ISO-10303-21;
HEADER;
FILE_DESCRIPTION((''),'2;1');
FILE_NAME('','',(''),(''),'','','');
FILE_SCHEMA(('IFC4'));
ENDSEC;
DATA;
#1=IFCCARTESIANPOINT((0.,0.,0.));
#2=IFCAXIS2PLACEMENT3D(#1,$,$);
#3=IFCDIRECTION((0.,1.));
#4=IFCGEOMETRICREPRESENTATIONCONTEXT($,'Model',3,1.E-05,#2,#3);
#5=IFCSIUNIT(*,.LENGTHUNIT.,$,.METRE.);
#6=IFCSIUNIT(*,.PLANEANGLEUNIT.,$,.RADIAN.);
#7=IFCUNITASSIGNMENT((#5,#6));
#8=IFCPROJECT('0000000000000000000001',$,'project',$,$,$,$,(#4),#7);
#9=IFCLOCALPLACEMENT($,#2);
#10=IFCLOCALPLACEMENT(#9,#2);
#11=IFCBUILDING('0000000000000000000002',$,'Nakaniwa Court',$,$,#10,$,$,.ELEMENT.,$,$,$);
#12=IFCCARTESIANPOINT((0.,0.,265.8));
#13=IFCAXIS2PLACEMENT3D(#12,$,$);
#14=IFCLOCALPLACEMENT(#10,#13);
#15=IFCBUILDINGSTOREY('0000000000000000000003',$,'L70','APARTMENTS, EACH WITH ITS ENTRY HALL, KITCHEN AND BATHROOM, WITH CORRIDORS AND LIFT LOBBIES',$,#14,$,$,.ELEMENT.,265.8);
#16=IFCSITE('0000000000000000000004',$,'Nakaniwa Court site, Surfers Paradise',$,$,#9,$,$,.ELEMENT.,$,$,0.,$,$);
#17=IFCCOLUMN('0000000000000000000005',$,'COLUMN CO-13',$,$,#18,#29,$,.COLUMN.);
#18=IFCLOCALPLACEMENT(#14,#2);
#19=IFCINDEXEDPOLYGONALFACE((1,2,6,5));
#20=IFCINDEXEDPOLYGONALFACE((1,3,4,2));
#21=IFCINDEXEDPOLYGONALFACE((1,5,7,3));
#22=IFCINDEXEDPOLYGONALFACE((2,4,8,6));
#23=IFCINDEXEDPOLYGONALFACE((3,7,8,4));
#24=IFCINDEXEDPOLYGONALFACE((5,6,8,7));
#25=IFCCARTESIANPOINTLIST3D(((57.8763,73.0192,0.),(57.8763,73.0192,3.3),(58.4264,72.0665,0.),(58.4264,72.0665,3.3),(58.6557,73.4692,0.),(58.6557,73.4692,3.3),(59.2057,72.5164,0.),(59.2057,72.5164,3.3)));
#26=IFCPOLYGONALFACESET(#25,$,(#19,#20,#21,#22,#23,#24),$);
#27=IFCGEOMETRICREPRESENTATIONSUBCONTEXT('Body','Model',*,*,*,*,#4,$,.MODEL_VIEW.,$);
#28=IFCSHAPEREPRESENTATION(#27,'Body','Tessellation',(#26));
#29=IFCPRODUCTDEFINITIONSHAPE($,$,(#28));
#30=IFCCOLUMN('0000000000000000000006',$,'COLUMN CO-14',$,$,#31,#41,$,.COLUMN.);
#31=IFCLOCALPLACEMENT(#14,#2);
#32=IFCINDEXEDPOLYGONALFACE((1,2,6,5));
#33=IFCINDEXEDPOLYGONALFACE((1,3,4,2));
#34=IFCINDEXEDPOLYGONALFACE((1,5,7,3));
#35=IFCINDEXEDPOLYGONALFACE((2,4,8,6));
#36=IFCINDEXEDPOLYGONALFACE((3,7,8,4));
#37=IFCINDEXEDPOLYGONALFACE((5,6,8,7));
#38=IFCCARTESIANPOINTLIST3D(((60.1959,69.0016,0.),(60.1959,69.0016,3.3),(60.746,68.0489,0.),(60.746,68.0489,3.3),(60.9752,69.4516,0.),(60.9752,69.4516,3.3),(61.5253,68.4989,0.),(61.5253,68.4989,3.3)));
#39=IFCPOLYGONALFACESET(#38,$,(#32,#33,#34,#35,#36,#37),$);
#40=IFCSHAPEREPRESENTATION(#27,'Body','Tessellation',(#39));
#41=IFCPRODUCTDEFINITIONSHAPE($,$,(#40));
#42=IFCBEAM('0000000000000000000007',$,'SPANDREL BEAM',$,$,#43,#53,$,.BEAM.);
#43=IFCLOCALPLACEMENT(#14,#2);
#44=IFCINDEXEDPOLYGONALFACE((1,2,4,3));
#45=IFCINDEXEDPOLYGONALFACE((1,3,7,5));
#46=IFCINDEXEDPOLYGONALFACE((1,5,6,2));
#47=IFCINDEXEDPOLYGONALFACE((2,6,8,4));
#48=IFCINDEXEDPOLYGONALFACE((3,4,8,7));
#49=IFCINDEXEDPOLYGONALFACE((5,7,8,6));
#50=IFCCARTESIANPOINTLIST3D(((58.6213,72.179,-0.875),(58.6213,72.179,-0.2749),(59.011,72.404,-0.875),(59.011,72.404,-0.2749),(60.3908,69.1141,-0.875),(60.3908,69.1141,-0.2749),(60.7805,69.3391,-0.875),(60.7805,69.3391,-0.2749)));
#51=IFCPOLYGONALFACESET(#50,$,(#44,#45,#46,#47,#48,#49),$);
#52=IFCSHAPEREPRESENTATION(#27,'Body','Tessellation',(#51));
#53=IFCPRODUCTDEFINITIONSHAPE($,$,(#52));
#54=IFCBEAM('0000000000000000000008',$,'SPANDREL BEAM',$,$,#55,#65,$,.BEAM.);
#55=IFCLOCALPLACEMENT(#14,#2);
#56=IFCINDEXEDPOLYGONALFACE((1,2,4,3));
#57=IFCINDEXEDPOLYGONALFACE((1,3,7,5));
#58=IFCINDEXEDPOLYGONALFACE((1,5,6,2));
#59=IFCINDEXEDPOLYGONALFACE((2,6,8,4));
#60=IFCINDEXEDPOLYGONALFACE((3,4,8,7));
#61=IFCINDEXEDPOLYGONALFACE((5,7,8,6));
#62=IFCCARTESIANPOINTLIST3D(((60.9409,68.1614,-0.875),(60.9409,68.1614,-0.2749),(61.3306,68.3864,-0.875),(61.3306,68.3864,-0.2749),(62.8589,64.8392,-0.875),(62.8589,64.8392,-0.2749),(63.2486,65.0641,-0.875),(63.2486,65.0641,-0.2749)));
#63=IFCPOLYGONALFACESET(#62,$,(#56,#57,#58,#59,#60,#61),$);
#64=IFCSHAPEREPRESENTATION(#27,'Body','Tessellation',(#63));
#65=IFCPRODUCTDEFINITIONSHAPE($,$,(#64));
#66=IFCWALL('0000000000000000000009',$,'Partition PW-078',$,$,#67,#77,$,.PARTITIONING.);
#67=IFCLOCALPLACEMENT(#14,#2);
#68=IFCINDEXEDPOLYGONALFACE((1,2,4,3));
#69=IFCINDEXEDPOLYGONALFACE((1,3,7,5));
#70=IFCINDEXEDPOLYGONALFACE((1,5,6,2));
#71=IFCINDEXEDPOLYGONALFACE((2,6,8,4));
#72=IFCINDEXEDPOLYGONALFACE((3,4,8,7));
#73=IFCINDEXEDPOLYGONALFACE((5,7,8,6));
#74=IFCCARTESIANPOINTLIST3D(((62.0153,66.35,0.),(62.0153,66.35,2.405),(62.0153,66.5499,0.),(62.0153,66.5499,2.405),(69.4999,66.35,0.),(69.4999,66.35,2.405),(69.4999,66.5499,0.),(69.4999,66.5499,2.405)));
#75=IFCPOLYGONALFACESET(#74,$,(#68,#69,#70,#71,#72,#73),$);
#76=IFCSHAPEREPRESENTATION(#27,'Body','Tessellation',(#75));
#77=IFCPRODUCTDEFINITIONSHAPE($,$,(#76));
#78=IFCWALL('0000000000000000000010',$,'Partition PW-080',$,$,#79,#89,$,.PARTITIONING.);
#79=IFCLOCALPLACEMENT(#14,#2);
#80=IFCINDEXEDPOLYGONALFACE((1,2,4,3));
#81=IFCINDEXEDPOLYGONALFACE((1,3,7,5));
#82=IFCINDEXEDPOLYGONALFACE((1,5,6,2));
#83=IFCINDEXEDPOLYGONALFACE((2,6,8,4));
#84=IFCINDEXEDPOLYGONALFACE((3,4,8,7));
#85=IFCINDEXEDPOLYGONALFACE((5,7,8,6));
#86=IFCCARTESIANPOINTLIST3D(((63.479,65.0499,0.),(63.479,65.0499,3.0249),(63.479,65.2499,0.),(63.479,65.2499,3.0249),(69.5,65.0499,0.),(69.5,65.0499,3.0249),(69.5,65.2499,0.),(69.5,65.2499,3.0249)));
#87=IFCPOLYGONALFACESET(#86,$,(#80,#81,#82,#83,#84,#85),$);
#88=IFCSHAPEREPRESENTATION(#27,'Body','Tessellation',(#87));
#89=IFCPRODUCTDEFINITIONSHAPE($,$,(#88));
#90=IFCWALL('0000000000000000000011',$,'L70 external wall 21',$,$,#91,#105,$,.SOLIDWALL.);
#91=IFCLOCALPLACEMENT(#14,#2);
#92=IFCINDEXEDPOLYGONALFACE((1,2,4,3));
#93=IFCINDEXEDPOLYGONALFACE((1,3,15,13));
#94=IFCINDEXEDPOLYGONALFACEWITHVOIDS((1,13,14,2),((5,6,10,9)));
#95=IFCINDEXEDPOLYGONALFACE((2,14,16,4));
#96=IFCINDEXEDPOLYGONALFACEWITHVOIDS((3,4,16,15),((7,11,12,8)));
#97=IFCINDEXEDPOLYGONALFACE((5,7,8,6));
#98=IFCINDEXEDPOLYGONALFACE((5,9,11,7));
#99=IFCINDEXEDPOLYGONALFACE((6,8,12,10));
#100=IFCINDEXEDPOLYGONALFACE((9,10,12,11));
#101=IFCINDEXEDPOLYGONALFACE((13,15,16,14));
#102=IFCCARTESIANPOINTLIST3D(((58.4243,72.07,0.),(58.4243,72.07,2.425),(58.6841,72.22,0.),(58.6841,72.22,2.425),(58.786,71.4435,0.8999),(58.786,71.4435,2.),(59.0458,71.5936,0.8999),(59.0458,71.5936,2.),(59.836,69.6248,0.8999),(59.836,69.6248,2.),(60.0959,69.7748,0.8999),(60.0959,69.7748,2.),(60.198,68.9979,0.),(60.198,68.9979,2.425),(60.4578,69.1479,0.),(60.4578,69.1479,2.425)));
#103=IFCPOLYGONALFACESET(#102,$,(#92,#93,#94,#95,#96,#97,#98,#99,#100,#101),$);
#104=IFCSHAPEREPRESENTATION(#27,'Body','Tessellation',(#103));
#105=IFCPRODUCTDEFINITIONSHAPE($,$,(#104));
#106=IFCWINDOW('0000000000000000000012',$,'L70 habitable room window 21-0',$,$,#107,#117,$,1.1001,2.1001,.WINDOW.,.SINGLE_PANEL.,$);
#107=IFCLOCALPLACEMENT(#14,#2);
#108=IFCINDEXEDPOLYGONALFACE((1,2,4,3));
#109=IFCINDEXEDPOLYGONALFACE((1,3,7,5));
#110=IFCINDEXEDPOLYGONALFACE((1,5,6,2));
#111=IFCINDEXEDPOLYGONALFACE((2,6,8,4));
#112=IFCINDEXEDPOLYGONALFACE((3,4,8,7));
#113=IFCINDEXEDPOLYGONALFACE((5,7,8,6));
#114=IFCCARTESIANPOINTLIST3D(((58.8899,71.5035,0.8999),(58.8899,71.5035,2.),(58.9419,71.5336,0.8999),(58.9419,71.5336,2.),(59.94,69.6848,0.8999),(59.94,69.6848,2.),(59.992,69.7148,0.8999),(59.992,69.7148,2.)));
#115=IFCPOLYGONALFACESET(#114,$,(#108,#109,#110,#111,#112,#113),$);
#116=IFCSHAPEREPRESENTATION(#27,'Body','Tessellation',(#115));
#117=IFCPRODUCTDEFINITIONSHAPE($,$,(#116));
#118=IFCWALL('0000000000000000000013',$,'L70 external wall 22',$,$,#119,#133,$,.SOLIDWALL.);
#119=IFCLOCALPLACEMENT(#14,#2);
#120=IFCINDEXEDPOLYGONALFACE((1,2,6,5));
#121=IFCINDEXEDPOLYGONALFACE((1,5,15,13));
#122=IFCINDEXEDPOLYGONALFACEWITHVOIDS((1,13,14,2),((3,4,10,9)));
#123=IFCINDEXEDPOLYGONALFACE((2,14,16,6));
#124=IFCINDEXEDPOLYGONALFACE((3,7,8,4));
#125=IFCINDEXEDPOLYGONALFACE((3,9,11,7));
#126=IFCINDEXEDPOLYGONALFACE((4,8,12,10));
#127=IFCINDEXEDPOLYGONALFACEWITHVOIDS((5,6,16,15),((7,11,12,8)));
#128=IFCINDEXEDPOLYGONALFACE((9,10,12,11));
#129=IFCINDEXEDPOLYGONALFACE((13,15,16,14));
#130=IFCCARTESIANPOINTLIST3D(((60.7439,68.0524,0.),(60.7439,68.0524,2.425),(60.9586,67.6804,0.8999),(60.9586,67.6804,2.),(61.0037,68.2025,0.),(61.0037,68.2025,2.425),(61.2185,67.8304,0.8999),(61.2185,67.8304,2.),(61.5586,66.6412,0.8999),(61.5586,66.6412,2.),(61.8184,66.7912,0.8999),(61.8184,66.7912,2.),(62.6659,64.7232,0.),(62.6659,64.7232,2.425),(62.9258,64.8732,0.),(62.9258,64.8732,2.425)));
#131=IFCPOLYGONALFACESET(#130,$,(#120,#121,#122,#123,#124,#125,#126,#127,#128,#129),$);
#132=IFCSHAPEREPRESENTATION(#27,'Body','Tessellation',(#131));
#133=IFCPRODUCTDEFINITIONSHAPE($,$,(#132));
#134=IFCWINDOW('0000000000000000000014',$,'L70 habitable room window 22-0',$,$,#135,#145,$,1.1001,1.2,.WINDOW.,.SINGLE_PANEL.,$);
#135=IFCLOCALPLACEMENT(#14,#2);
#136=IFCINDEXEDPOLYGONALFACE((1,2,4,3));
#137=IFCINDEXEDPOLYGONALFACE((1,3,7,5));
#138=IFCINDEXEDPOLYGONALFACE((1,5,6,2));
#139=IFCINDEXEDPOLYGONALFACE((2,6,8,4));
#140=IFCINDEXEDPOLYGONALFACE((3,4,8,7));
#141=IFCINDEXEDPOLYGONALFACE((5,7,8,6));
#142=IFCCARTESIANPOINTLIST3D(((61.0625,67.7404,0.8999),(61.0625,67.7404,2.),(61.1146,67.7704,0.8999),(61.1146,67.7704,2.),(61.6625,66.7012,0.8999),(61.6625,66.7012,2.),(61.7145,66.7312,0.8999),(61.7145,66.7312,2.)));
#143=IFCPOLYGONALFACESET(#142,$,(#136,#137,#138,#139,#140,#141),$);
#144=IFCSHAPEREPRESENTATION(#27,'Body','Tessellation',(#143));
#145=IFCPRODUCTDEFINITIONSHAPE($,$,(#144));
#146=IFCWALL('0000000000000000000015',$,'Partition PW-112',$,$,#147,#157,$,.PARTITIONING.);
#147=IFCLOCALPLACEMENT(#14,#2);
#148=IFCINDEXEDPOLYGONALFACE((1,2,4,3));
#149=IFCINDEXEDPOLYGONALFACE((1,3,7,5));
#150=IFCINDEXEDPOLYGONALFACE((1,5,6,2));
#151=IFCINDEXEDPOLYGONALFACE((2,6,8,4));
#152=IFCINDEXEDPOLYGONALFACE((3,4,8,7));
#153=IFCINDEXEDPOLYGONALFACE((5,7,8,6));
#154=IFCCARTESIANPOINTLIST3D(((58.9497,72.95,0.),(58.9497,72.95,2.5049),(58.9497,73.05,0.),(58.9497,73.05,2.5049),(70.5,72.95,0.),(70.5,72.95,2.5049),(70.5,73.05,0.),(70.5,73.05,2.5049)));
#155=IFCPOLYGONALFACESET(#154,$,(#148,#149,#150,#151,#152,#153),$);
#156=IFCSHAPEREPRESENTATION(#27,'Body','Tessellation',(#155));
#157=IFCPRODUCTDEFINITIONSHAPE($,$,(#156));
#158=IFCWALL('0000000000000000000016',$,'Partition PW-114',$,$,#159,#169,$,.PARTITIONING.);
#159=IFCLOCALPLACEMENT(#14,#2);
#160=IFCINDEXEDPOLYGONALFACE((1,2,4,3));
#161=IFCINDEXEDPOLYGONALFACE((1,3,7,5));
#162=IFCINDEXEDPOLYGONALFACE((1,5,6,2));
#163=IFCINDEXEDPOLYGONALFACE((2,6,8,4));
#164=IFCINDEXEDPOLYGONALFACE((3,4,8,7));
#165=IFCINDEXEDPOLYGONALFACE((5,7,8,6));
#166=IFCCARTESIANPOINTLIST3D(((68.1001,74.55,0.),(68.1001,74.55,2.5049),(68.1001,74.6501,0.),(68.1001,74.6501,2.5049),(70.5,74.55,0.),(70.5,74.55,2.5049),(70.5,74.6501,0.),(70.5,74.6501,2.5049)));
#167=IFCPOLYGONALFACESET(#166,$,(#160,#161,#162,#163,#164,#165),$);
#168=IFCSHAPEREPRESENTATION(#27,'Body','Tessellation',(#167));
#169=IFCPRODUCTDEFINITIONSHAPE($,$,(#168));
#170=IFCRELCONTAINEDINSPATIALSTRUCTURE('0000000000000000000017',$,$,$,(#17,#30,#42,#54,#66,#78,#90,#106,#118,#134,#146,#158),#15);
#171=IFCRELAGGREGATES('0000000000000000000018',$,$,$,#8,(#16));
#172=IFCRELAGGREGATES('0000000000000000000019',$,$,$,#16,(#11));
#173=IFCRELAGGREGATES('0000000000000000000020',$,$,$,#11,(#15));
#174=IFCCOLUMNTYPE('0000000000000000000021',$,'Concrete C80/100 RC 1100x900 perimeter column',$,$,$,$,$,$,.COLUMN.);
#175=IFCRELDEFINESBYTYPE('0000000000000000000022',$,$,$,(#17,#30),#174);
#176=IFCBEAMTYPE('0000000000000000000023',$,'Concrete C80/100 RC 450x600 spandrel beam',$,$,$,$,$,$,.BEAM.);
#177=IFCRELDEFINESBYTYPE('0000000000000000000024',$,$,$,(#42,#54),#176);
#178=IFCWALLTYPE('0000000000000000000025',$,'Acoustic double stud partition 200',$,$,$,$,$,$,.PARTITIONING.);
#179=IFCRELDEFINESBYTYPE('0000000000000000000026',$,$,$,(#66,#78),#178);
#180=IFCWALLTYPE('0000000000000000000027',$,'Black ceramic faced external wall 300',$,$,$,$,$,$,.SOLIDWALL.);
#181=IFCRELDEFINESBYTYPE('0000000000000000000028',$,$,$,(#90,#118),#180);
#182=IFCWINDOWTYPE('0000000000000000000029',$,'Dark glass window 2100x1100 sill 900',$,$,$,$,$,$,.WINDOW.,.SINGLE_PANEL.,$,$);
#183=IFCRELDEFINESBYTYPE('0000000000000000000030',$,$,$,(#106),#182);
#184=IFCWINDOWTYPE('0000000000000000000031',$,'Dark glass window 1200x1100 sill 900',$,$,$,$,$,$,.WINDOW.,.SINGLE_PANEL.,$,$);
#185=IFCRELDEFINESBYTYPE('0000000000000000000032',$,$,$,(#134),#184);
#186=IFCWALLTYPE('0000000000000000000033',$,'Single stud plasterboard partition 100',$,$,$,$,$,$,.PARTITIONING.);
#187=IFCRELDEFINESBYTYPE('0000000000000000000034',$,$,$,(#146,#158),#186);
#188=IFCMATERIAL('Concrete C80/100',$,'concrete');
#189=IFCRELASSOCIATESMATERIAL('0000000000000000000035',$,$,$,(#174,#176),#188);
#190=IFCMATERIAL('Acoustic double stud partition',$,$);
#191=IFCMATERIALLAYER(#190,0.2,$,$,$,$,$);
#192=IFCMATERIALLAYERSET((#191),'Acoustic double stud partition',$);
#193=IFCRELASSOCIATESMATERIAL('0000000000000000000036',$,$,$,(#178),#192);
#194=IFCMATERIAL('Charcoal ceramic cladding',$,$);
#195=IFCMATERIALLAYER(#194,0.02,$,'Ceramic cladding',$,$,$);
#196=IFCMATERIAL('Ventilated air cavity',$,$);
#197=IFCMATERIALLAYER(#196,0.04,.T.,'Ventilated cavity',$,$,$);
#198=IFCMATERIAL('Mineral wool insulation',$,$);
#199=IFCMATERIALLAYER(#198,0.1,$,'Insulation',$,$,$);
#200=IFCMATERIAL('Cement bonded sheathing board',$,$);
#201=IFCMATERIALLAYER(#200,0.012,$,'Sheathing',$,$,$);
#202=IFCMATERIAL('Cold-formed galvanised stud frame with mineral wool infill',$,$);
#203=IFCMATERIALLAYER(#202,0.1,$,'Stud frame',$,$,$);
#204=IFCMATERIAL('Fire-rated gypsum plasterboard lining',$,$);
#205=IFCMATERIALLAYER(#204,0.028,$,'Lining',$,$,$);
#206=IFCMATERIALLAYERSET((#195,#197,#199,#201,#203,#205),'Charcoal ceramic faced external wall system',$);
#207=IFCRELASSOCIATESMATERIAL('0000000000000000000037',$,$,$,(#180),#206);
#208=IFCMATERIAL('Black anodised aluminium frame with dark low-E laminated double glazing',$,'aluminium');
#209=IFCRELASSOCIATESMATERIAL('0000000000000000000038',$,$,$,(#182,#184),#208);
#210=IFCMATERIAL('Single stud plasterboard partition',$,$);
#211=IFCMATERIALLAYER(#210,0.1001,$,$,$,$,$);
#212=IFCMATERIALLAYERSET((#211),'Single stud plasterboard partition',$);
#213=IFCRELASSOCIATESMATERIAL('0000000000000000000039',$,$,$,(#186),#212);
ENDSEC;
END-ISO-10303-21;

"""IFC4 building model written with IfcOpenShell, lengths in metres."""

from ifc_helpers import new_model, si_unit, direction, frame, frame_2d, origin, origin_2d, place, context, subcontext, project, spatial, rectangle, extrude, material, layer, layer_set, material_profile, profile_set, type_object, element, fill, save


model = new_model("IFC4")

# Units and contexts
model_context = context("Model", 3, precision=1e-05, world=origin(), true_north=direction((0.0, 1.0)))
body_context = subcontext(model_context, "Body", "Model", "MODEL_VIEW")
ifc_project = project(units=[si_unit("LENGTHUNIT", "METRE"), si_unit("PLANEANGLEUNIT", "RADIAN")], contexts=[model_context])

# Site, building, storey
site_placement = place(None, origin())
site = spatial("IfcSite", under=ifc_project, at=site_placement, Name="Nakaniwa Court site, Surfers Paradise", CompositionType="ELEMENT", RefElevation=0.0)
building_placement = place(site_placement, origin())
building = spatial("IfcBuilding", under=site, at=building_placement, Name="Nakaniwa Court", CompositionType="ELEMENT")
storey_placement = place(building_placement, frame((0.0, 0.0, 265.8)))
storey = spatial("IfcBuildingStorey", under=building, at=storey_placement, Name="L70", Description="APARTMENTS, EACH WITH ITS ENTRY HALL, KITCHEN AND BATHROOM, WITH CORRIDORS AND LIFT LOBBIES", CompositionType="ELEMENT", Elevation=265.8)

# Columns
ifc_material_1 = material(Name="Concrete C80/100", Category="concrete")
ifc_material_profile_1 = material_profile(ifc_material_1, rectangle(XDim=1.1001, YDim=0.8999, at=origin_2d()), Name="Concrete C80/100 RC 1100x900 perimeter column")
ifc_profile_set_1 = profile_set([ifc_material_profile_1], Name="Concrete C80/100")
column_type = type_object("IfcColumnType", Name="Concrete C80/100 RC 1100x900 perimeter column", PredefinedType="COLUMN", material=ifc_profile_set_1)
for number, where, z_axis, x_axis, name in (
    (1, (58.541, 72.7678, 0.0), (0.0, 0.0, 1.0), (0.5, -0.866025, 0.0), "COLUMN CO-13"),
    (2, (60.8606, 68.7502, 0.0), (0.0, 0.0, 1.0), (0.5, -0.866025, 0.0), "COLUMN CO-14"),
):
    element("IfcColumn", number, at=place(storey_placement, frame(where, z_axis=z_axis, x_axis=x_axis)), inside=storey, type_object=column_type, Name=name, PredefinedType="COLUMN", context=body_context, shape_type="SweptSolid", body=[
        extrude(rectangle(XDim=1.1001, YDim=0.8999, at=origin_2d()), origin(), (0.0, 0.0, 1.0), 3.3),
    ])

# Beams
ifc_material_profile_2 = material_profile(ifc_material_1, rectangle(XDim=0.45, YDim=0.6001, at=origin_2d()), Name="Concrete C80/100 RC 450x600 spandrel beam")
ifc_profile_set_2 = profile_set([ifc_material_profile_2], Name="Concrete C80/100")
beam_type = type_object("IfcBeamType", Name="Concrete C80/100 RC 450x600 spandrel beam", PredefinedType="BEAM", material=ifc_profile_set_2)
beam_1_placement = place(storey_placement, frame((58.8162, 72.2915, -0.575), z_axis=(0.499997, -0.866027, 0.0), x_axis=(0.866027, 0.499997, 0.0)))
element("IfcBeam", 3, at=beam_1_placement, inside=storey, type_object=beam_type, Name="SPANDREL BEAM", PredefinedType="BEAM", context=body_context, shape_type="SweptSolid", body=[
    extrude(rectangle(XDim=0.45, YDim=0.6001, at=origin_2d()), origin(), (0.0, 0.0, 1.0), 3.5391),
])
beam_2_placement = place(storey_placement, frame((61.1357, 68.2739, -0.575), z_axis=(0.499972, -0.866041, 0.0), x_axis=(0.866041, 0.499972, 0.0)))
element("IfcBeam", 4, at=beam_2_placement, inside=storey, type_object=beam_type, Name="SPANDREL BEAM", PredefinedType="BEAM", context=body_context, shape_type="SweptSolid", body=[
    extrude(rectangle(XDim=0.45, YDim=0.6001, at=origin_2d()), origin(), (0.0, 0.0, 1.0), 3.8362),
])

# Walls
ifc_material_2 = material(Name="Acoustic double stud partition")
ifc_layer_1 = layer(ifc_material_2, 0.2)
ifc_layer_set_1 = layer_set([ifc_layer_1], Name="Acoustic double stud partition")
wall_type_1 = type_object("IfcWallType", Name="Acoustic double stud partition 200", PredefinedType="PARTITIONING", material=ifc_layer_set_1)
wall_1_placement = place(storey_placement, frame((62.0154, 66.45, 0.0), z_axis=(0.0, 0.0, 1.0), x_axis=(1.0, 0.0, 0.0)))
element("IfcWall", 5, at=wall_1_placement, inside=storey, type_object=wall_type_1, Name="Partition PW-078", PredefinedType="PARTITIONING", context=body_context, shape_type="SweptSolid", body=[
    extrude(rectangle(XDim=7.4846, YDim=0.2, at=frame_2d((3.7422, 0.0))), origin(), (0.0, 0.0, 1.0), 2.405),
])
wall_2_placement = place(storey_placement, frame((63.479, 65.1499, 0.0), z_axis=(0.0, 0.0, 1.0), x_axis=(1.0, 0.0, 0.0)))
element("IfcWall", 6, at=wall_2_placement, inside=storey, type_object=wall_type_1, Name="Partition PW-080", PredefinedType="PARTITIONING", context=body_context, shape_type="SweptSolid", body=[
    extrude(rectangle(XDim=6.021, YDim=0.2, at=frame_2d((3.0105, 0.0))), origin(), (0.0, 0.0, 1.0), 3.0249),
])

# Walls, openings, windows
ifc_material_3 = material(Name="Charcoal ceramic cladding")
ifc_layer_2 = layer(ifc_material_3, 0.02, Name="Ceramic cladding")
ifc_material_4 = material(Name="Ventilated air cavity")
ifc_layer_3 = layer(ifc_material_4, 0.04, ventilated=True, Name="Ventilated cavity")
ifc_material_5 = material(Name="Mineral wool insulation")
ifc_layer_4 = layer(ifc_material_5, 0.1, Name="Insulation")
ifc_material_6 = material(Name="Cement bonded sheathing board")
ifc_layer_5 = layer(ifc_material_6, 0.012, Name="Sheathing")
ifc_material_7 = material(Name="Cold-formed galvanised stud frame with mineral wool infill")
ifc_layer_6 = layer(ifc_material_7, 0.1, Name="Stud frame")
ifc_material_8 = material(Name="Fire-rated gypsum plasterboard lining")
ifc_layer_7 = layer(ifc_material_8, 0.028, Name="Lining")
ifc_layer_set_2 = layer_set([ifc_layer_2, ifc_layer_3, ifc_layer_4, ifc_layer_5, ifc_layer_6, ifc_layer_7], Name="Charcoal ceramic faced external wall system")
wall_type_2 = type_object("IfcWallType", Name="Black ceramic faced external wall 300", PredefinedType="SOLIDWALL", material=ifc_layer_set_2)
wall_3_placement = place(storey_placement, frame((58.5542, 72.145, 0.0), z_axis=(0.0, 0.0, 1.0), x_axis=(0.50001, -0.866019, 0.0)))
wall_3 = element("IfcWall", 7, at=wall_3_placement, inside=storey, type_object=wall_type_2, Name="L70 external wall 21", PredefinedType="SOLIDWALL", context=body_context, shape_type="SweptSolid", body=[
    extrude(rectangle(XDim=3.5474, YDim=0.3, at=frame_2d((1.7737, 0.0))), origin(), (0.0, 0.0, 1.0), 2.425),
])
opening_1_placement = place(wall_3_placement, frame((0.7234, 0.0, 0.8999)))
opening_1 = element("IfcOpeningElement", 8, at=opening_1_placement, cuts=wall_3, PredefinedType="OPENING", context=body_context, shape_type="SweptSolid", body=[
    extrude(rectangle(XDim=2.1001, YDim=1.1001, at=frame_2d((1.05, 0.55))), frame((0.0, 0.1599, 0.0), z_axis=(0.0, -1.0, 0.0), x_axis=(1.0, 0.0, 0.0)), (0.0, 0.0, 1.0), 0.3201),
])
ifc_material_9 = material(Name="Black anodised aluminium frame with dark low-E laminated double glazing", Category="aluminium")
window_type_1 = type_object("IfcWindowType", Name="Dark glass window 2100x1100 sill 900", PartitioningType="SINGLE_PANEL", PredefinedType="WINDOW", material=ifc_material_9)
window_1_placement = place(opening_1_placement, origin())
window_1 = element("IfcWindow", 9, at=window_1_placement, inside=storey, type_object=window_type_1, Name="L70 habitable room window 21-0", OverallHeight=1.1001, OverallWidth=2.1001, PartitioningType="SINGLE_PANEL", PredefinedType="WINDOW", context=body_context, shape_type="SweptSolid", body=[
    extrude(rectangle(XDim=2.1001, YDim=1.1001, at=frame_2d((1.05, 0.55))), frame((0.0, 0.03, 0.0), z_axis=(0.0, -1.0, 0.0), x_axis=(1.0, 0.0, 0.0)), (0.0, 0.0, 1.0), 0.0601),
])
fill(opening_1, window_1)
wall_4_placement = place(storey_placement, frame((60.8738, 68.1274, 0.0), z_axis=(0.0, 0.0, 1.0), x_axis=(0.499984, -0.866034, 0.0)))
wall_4 = element("IfcWall", 10, at=wall_4_placement, inside=storey, type_object=wall_type_2, Name="L70 external wall 22", PredefinedType="SOLIDWALL", context=body_context, shape_type="SweptSolid", body=[
    extrude(rectangle(XDim=3.8442, YDim=0.3, at=frame_2d((1.9221, 0.0))), origin(), (0.0, 0.0, 1.0), 2.425),
])
opening_2_placement = place(wall_4_placement, frame((0.4294, 0.0, 0.8999)))
opening_2 = element("IfcOpeningElement", 11, at=opening_2_placement, cuts=wall_4, PredefinedType="OPENING", context=body_context, shape_type="SweptSolid", body=[
    extrude(rectangle(XDim=1.2, YDim=1.1001, at=frame_2d((0.6001, 0.55))), frame((0.0, 0.1599, 0.0), z_axis=(0.0, -1.0, 0.0), x_axis=(1.0, 0.0, 0.0)), (0.0, 0.0, 1.0), 0.3201),
])
window_type_2 = type_object("IfcWindowType", Name="Dark glass window 1200x1100 sill 900", PartitioningType="SINGLE_PANEL", PredefinedType="WINDOW", material=ifc_material_9)
window_2_placement = place(opening_2_placement, origin())
window_2 = element("IfcWindow", 12, at=window_2_placement, inside=storey, type_object=window_type_2, Name="L70 habitable room window 22-0", OverallHeight=1.1001, OverallWidth=1.2, PartitioningType="SINGLE_PANEL", PredefinedType="WINDOW", context=body_context, shape_type="SweptSolid", body=[
    extrude(rectangle(XDim=1.2, YDim=1.1001, at=frame_2d((0.6001, 0.55))), frame((0.0, 0.03, 0.0), z_axis=(0.0, -1.0, 0.0), x_axis=(1.0, 0.0, 0.0)), (0.0, 0.0, 1.0), 0.0601),
])
fill(opening_2, window_2)

# Walls
ifc_material_10 = material(Name="Single stud plasterboard partition")
ifc_layer_8 = layer(ifc_material_10, 0.1001)
ifc_layer_set_3 = layer_set([ifc_layer_8], Name="Single stud plasterboard partition")
wall_type_3 = type_object("IfcWallType", Name="Single stud plasterboard partition 100", PredefinedType="PARTITIONING", material=ifc_layer_set_3)
wall_5_placement = place(storey_placement, frame((58.9497, 73.0, 0.0), z_axis=(0.0, 0.0, 1.0), x_axis=(1.0, 0.0, 0.0)))
element("IfcWall", 13, at=wall_5_placement, inside=storey, type_object=wall_type_3, Name="Partition PW-112", PredefinedType="PARTITIONING", context=body_context, shape_type="SweptSolid", body=[
    extrude(rectangle(XDim=11.5503, YDim=0.1001, at=frame_2d((5.7751, 0.0))), origin(), (0.0, 0.0, 1.0), 2.5049),
])
wall_6_placement = place(storey_placement, frame((68.1001, 74.6001, 0.0), z_axis=(0.0, 0.0, 1.0), x_axis=(1.0, 0.0, 0.0)))
element("IfcWall", 14, at=wall_6_placement, inside=storey, type_object=wall_type_3, Name="Partition PW-114", PredefinedType="PARTITIONING", context=body_context, shape_type="SweptSolid", body=[
    extrude(rectangle(XDim=2.3999, YDim=0.1001, at=frame_2d((1.2, 0.0))), origin(), (0.0, 0.0, 1.0), 2.5049),
])

save(model, "model.ifc")
